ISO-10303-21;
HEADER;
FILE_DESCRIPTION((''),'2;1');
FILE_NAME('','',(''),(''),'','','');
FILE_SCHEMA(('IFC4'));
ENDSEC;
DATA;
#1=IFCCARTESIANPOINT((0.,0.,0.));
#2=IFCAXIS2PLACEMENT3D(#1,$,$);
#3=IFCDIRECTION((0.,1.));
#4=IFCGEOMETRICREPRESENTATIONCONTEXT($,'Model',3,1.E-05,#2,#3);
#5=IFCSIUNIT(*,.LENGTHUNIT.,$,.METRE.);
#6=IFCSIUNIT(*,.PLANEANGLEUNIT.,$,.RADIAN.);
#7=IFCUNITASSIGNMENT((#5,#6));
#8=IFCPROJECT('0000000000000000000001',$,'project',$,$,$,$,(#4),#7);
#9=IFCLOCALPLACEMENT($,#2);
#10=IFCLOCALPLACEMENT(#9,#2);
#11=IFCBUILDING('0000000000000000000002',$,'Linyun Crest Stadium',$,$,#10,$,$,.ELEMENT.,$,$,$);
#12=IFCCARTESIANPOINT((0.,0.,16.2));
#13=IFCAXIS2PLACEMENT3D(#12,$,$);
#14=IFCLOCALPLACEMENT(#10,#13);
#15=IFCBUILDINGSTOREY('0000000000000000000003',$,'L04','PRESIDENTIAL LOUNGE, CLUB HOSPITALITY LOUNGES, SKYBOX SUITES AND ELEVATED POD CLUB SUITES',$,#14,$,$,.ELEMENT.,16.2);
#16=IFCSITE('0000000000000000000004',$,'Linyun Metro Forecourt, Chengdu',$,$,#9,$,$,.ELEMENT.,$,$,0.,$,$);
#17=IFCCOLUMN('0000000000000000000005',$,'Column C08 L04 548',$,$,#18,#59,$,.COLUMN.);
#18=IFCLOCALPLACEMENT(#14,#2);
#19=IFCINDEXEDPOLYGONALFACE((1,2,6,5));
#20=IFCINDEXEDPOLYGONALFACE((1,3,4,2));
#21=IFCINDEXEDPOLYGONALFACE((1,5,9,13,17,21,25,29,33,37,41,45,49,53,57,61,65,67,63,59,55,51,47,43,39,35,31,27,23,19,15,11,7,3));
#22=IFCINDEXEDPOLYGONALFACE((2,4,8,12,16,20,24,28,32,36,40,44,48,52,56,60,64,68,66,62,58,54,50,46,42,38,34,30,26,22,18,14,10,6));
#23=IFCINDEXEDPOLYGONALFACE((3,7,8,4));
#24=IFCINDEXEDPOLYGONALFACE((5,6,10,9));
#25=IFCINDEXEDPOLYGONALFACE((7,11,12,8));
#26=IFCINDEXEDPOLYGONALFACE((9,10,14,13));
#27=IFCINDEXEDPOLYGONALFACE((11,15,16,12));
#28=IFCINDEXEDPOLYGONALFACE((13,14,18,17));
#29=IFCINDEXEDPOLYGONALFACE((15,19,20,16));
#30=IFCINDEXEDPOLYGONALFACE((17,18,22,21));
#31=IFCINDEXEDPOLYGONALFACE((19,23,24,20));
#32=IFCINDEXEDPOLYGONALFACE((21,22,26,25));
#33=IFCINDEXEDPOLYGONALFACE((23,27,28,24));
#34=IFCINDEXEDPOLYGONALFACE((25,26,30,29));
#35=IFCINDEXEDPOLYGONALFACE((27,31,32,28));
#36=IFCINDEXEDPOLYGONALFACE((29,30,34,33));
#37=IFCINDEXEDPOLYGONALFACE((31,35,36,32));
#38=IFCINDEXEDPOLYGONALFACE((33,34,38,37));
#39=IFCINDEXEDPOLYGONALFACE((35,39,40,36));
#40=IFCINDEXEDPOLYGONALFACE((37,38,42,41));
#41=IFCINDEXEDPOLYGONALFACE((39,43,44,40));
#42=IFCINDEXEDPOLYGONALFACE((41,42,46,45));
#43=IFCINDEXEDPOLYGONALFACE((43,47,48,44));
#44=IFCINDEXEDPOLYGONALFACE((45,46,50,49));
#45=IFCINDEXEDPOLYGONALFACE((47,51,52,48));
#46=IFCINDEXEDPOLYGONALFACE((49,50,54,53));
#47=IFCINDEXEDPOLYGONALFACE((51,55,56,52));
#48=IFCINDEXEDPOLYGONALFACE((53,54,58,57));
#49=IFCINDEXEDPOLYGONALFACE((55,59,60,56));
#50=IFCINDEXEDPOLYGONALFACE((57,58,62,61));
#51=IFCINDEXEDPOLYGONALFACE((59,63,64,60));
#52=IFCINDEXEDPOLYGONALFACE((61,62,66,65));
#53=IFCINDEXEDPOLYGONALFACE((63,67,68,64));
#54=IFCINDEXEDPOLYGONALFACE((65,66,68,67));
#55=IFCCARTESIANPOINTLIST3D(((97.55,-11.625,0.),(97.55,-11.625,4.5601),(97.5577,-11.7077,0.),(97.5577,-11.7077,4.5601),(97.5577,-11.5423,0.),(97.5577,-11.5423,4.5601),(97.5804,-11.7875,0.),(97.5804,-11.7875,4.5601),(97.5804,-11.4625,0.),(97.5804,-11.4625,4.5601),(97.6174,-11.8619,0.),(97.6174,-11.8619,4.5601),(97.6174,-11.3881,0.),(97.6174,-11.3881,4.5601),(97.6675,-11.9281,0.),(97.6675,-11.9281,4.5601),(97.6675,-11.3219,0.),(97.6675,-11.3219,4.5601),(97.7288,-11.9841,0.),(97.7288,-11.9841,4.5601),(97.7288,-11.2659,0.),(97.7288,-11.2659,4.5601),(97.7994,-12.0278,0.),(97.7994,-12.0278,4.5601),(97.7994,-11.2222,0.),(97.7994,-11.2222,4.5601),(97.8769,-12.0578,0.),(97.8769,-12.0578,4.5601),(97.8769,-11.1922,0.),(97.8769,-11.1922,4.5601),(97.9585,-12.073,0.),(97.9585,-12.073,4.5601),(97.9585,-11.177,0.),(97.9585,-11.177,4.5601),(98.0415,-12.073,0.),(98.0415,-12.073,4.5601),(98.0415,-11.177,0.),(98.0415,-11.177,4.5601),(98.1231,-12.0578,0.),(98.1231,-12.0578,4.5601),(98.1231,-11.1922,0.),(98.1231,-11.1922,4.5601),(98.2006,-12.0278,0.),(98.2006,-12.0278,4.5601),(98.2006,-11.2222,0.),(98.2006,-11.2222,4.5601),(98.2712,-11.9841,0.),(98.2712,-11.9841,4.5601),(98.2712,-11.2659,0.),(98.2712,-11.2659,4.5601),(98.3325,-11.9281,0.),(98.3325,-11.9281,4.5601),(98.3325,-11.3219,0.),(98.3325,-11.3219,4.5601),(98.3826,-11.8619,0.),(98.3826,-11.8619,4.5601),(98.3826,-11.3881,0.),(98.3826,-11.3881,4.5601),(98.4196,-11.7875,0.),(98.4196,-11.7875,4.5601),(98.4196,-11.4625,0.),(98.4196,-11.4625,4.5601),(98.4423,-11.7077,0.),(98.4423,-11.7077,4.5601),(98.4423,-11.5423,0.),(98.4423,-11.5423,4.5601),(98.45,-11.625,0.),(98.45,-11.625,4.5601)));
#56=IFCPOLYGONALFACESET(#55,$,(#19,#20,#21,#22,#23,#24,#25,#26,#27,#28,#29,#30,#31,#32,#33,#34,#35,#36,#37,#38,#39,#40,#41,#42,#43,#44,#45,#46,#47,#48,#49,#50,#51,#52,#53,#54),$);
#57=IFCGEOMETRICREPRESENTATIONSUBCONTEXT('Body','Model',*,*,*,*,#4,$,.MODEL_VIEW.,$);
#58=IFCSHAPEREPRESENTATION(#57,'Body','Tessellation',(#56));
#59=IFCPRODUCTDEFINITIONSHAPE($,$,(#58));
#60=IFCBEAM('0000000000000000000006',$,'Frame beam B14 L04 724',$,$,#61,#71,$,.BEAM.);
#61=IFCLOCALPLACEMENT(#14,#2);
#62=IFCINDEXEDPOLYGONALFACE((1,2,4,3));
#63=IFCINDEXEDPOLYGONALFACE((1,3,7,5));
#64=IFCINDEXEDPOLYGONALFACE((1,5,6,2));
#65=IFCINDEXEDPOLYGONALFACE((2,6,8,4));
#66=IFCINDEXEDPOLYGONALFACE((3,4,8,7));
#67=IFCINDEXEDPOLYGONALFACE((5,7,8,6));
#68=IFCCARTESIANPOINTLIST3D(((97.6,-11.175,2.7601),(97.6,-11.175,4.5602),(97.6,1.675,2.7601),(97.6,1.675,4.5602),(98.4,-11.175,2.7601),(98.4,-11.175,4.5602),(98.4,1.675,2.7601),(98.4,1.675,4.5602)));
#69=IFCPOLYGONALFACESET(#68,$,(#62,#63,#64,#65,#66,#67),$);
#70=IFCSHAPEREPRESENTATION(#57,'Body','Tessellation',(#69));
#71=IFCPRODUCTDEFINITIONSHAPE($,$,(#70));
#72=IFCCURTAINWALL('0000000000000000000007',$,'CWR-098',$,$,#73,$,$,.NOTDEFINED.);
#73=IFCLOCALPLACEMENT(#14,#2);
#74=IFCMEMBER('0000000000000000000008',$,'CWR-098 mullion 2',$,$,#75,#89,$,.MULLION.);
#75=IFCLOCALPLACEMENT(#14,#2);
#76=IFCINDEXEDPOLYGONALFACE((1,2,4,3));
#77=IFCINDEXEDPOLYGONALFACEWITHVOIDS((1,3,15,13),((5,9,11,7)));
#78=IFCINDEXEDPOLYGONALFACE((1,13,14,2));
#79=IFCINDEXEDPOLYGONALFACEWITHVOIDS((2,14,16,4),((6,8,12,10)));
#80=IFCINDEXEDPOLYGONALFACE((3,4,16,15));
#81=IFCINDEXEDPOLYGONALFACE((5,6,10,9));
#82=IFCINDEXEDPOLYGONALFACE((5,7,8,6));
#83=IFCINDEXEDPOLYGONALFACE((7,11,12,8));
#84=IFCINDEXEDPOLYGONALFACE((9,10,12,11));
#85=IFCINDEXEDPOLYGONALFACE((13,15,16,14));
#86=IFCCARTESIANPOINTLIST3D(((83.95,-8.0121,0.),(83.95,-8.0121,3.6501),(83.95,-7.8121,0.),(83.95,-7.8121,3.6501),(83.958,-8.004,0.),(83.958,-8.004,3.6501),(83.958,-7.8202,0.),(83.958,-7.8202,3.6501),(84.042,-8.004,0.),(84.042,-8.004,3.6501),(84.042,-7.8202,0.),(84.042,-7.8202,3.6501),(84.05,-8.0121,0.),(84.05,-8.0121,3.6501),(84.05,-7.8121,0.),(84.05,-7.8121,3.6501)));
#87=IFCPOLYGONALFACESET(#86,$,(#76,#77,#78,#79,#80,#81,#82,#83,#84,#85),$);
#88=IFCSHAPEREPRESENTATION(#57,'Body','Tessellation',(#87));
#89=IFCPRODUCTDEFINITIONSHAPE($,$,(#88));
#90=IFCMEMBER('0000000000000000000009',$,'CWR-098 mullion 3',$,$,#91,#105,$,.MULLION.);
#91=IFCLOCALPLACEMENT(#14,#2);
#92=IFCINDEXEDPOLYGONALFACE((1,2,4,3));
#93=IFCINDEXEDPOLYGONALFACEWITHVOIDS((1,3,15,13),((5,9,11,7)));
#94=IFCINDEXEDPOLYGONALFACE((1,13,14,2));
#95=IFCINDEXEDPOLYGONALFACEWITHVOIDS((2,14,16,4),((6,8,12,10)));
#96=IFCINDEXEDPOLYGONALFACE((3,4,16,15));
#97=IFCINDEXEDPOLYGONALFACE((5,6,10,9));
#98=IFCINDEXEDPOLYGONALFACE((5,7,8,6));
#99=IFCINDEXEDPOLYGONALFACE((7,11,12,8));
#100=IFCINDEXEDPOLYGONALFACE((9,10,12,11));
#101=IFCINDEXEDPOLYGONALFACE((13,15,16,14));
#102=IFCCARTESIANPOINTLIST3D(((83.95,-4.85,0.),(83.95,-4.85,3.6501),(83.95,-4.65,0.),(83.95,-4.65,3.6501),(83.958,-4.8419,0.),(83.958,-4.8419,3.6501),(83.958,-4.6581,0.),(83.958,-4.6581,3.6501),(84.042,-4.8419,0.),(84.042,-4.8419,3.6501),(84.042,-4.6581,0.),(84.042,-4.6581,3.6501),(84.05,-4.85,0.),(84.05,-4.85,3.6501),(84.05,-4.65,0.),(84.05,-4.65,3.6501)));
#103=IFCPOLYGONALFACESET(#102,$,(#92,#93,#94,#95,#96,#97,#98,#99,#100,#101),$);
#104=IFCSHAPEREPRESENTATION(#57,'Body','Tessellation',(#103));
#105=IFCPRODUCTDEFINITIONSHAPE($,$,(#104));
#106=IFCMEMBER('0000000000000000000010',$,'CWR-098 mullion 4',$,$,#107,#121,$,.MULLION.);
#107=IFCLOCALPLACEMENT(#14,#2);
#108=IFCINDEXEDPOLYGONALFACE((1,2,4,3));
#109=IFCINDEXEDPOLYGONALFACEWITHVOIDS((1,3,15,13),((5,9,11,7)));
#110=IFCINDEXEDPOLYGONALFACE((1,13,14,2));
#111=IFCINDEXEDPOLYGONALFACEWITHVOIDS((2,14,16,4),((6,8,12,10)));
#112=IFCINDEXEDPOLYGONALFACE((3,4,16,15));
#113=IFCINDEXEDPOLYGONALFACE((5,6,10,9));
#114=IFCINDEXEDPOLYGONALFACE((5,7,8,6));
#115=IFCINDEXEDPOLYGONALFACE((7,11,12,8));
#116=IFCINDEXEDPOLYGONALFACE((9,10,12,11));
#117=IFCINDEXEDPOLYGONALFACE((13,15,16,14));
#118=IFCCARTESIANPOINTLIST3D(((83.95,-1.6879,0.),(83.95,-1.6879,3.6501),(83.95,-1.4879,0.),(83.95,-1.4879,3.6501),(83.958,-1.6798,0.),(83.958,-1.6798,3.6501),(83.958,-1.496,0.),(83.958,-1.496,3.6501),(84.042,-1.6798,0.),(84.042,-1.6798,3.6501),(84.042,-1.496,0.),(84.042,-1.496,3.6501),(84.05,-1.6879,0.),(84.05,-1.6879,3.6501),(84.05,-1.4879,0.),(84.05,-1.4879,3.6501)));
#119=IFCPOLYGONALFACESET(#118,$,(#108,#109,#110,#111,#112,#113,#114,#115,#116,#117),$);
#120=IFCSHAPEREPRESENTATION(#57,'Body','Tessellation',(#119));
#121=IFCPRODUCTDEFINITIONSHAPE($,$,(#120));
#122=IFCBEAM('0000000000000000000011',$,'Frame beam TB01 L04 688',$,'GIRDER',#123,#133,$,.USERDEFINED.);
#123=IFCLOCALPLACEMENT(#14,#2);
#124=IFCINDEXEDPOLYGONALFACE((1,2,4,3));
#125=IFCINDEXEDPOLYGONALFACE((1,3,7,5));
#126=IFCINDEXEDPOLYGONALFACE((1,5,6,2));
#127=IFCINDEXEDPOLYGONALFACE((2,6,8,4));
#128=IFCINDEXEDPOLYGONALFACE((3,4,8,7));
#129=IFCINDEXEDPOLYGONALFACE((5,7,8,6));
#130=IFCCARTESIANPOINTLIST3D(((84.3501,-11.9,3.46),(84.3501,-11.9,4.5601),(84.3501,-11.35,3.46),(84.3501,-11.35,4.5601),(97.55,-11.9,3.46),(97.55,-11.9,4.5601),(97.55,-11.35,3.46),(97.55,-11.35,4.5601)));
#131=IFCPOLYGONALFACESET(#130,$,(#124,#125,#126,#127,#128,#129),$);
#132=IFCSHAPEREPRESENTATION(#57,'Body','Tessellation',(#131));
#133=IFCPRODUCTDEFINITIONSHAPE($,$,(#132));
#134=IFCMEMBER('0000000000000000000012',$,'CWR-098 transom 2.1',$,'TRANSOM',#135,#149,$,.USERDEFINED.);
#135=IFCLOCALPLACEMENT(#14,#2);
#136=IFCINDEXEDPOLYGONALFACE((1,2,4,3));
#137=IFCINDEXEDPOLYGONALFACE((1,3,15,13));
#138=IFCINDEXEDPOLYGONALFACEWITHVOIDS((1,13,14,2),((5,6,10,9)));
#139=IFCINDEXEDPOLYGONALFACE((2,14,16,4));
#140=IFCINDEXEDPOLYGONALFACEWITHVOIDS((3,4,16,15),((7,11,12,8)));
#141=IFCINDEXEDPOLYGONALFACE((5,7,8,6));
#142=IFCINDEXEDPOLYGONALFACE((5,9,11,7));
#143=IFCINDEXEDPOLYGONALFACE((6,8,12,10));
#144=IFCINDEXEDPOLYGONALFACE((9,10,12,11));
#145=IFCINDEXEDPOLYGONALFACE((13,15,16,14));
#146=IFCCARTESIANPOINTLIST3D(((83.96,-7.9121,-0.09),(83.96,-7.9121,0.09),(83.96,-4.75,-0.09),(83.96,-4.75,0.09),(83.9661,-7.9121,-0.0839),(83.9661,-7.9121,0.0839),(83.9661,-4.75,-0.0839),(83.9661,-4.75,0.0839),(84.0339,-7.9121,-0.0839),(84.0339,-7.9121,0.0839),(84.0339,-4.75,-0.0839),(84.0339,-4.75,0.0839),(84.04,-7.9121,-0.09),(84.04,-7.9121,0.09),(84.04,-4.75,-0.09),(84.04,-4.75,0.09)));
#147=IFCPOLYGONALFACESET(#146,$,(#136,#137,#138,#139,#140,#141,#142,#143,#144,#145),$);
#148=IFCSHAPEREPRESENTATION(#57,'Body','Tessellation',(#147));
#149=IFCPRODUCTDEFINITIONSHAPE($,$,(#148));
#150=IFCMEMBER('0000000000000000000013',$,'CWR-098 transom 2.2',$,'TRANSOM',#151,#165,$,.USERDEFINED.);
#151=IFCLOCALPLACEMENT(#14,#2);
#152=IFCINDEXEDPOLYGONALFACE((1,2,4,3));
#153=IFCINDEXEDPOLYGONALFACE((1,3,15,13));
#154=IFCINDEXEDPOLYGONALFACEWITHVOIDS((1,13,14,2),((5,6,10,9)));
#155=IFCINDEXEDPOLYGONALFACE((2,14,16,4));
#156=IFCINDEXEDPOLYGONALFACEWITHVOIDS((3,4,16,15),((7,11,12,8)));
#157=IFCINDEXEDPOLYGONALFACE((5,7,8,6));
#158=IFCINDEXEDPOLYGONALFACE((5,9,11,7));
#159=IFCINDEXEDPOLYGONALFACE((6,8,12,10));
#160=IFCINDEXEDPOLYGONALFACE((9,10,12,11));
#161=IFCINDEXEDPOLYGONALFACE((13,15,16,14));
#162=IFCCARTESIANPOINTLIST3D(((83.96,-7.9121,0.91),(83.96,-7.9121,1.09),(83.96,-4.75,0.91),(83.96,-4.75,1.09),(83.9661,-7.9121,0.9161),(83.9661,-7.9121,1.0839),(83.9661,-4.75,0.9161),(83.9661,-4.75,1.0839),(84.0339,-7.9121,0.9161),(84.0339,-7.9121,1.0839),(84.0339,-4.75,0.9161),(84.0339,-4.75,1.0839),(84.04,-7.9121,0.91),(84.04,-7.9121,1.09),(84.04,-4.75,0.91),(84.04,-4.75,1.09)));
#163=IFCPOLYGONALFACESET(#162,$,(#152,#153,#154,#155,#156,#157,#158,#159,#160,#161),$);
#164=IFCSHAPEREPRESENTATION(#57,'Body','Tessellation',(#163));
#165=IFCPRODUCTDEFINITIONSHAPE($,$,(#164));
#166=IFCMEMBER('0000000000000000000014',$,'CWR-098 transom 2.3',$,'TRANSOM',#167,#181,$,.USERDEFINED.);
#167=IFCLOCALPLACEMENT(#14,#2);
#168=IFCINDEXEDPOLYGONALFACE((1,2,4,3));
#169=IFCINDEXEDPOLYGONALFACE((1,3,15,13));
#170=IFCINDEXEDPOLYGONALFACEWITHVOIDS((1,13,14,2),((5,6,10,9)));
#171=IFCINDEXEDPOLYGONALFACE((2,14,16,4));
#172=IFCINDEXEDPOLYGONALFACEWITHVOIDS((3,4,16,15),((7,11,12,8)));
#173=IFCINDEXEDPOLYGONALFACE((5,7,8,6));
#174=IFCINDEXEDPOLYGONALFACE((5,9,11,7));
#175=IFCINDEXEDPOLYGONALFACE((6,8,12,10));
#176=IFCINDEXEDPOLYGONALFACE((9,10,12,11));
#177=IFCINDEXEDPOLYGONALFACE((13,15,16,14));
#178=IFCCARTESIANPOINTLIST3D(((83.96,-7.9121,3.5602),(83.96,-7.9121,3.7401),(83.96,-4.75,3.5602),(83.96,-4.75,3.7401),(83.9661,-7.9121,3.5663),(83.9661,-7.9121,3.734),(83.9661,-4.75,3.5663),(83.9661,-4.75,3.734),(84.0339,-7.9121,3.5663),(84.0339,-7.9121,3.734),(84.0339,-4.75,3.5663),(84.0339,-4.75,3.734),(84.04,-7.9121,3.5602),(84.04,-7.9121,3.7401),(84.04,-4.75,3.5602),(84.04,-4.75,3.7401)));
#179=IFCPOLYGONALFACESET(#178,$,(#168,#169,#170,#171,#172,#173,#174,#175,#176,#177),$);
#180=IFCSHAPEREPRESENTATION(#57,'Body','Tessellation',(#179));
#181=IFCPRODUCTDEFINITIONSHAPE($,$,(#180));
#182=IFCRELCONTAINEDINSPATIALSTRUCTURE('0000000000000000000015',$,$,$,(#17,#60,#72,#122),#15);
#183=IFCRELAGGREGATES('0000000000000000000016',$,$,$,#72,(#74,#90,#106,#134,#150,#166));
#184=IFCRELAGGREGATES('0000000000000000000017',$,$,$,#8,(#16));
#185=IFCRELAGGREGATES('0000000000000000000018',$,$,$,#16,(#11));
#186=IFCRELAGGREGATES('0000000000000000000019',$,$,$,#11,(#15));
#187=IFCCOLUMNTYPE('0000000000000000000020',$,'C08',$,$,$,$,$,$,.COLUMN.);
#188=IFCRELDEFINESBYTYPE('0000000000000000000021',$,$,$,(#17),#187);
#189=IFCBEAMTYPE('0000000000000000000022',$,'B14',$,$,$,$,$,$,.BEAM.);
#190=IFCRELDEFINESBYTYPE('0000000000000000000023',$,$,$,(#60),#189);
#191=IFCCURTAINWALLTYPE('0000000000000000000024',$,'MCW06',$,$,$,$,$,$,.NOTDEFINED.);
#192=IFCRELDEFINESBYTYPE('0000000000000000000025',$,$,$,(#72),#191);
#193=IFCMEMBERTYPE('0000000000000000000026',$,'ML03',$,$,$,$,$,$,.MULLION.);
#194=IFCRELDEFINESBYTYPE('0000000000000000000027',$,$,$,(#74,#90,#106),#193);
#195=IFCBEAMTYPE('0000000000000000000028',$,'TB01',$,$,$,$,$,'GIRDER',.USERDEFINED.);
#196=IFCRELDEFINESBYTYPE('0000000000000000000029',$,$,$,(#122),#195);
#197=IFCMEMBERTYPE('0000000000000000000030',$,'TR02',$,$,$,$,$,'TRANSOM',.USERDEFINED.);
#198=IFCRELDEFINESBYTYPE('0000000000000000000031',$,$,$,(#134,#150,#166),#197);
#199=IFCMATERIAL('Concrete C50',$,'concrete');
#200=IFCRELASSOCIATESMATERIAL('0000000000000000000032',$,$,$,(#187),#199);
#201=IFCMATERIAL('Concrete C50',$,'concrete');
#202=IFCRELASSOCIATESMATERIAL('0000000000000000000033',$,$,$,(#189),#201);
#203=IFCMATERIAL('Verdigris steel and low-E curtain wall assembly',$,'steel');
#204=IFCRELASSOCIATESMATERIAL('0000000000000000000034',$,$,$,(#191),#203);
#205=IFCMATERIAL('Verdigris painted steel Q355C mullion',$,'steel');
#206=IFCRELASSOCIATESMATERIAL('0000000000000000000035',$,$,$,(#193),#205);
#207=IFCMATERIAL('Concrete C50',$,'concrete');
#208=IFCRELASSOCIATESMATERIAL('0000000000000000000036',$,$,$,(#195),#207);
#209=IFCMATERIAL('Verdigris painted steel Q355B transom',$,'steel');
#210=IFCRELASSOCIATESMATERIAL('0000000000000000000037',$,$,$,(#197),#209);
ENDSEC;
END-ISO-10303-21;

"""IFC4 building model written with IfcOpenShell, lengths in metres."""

from ifc_helpers import new_model, si_unit, direction, frame, origin, origin_2d, place, context, subcontext, project, spatial, rectangle, hollow_rectangle, circle, extrude, material, material_profile, profile_set, type_object, element, aggregate, save


model = new_model("IFC4")

# Units and contexts
model_context = context("Model", 3, precision=1e-05, world=origin(), true_north=direction((0.0, 1.0)))
body_context = subcontext(model_context, "Body", "Model", "MODEL_VIEW")
ifc_project = project(units=[si_unit("LENGTHUNIT", "METRE"), si_unit("PLANEANGLEUNIT", "RADIAN")], contexts=[model_context])

# Site, building, storey
site_placement = place(None, origin())
site = spatial("IfcSite", under=ifc_project, at=site_placement, Name="Linyun Metro Forecourt, Chengdu", CompositionType="ELEMENT", RefElevation=0.0)
building_placement = place(site_placement, origin())
building = spatial("IfcBuilding", under=site, at=building_placement, Name="Linyun Crest Stadium", CompositionType="ELEMENT")
storey_placement = place(building_placement, frame((0.0, 0.0, 16.2)))
storey = spatial("IfcBuildingStorey", under=building, at=storey_placement, Name="L04", Description="PRESIDENTIAL LOUNGE, CLUB HOSPITALITY LOUNGES, SKYBOX SUITES AND ELEVATED POD CLUB SUITES", CompositionType="ELEMENT", Elevation=16.2)

# Column
ifc_material_1 = material(Name="Concrete C50", Category="concrete")
ifc_material_profile_1 = material_profile(ifc_material_1, circle(Radius=0.45, at=origin_2d()), Name="RC D900")
ifc_profile_set_1 = profile_set([ifc_material_profile_1], Name="Concrete C50")
column_type = type_object("IfcColumnType", Name="C08", PredefinedType="COLUMN", material=ifc_profile_set_1)
column_placement = place(storey_placement, frame((98.0, -11.625, 0.0), z_axis=(0.0, 0.0, 1.0), x_axis=(1.0, 0.0, 0.0)))
element("IfcColumn", 1, at=column_placement, inside=storey, type_object=column_type, Name="Column C08 L04 548", PredefinedType="COLUMN", context=body_context, shape_type="SweptSolid", body=[
    extrude(circle(Radius=0.45, at=origin_2d()), origin(), (0.0, 0.0, 1.0), 4.5601),
])

# Beam
ifc_material_2 = material(Name="Concrete C50", Category="concrete")
ifc_material_profile_2 = material_profile(ifc_material_2, rectangle(XDim=0.8, YDim=1.8, at=origin_2d()), Name="RCB 1800x800")
ifc_profile_set_2 = profile_set([ifc_material_profile_2], Name="Concrete C50")
beam_type_1 = type_object("IfcBeamType", Name="B14", PredefinedType="BEAM", material=ifc_profile_set_2)
beam_1_placement = place(storey_placement, frame((98.0, -11.175, 3.6602), z_axis=(0.0, 1.0, 0.0), x_axis=(-1.0, 0.0, 0.0)))
element("IfcBeam", 2, at=beam_1_placement, inside=storey, type_object=beam_type_1, Name="Frame beam B14 L04 724", PredefinedType="BEAM", context=body_context, shape_type="SweptSolid", body=[
    extrude(rectangle(XDim=0.8, YDim=1.8, at=origin_2d()), origin(), (0.0, 0.0, 1.0), 12.8501),
])

# Curtain wall, members
ifc_material_3 = material(Name="Verdigris steel and low-E curtain wall assembly", Category="steel")
curtain_wall_type = type_object("IfcCurtainWallType", Name="MCW06", PredefinedType="NOTDEFINED", material=ifc_material_3)
curtain_wall_placement = place(storey_placement, origin())
curtain_wall = element("IfcCurtainWall", 3, at=curtain_wall_placement, inside=storey, type_object=curtain_wall_type, Name="CWR-098", PredefinedType="NOTDEFINED")
ifc_material_4 = material(Name="Verdigris painted steel Q355C mullion", Category="steel")
ifc_material_profile_3 = material_profile(ifc_material_4, hollow_rectangle(XDim=0.1001, YDim=0.2, WallThickness=0.0081, at=origin_2d()), Name="RHS 200x100x8")
ifc_profile_set_3 = profile_set([ifc_material_profile_3], Name="Verdigris painted steel Q355C mullion")
member_type_1 = type_object("IfcMemberType", Name="ML03", PredefinedType="MULLION", material=ifc_profile_set_3)
member_1_placement = place(storey_placement, frame((84.0, -7.9121, 0.0), z_axis=(0.0, 0.0, 1.0), x_axis=(-1.0, 0.0, 0.0)))
member_1 = element("IfcMember", 4, at=member_1_placement, type_object=member_type_1, Name="CWR-098 mullion 2", PredefinedType="MULLION", context=body_context, shape_type="SweptSolid", body=[
    extrude(hollow_rectangle(XDim=0.1001, YDim=0.2, WallThickness=0.0081, at=origin_2d()), origin(), (0.0, 0.0, 1.0), 3.6501),
])
member_2_placement = place(storey_placement, frame((84.0, -4.75, 0.0), z_axis=(0.0, 0.0, 1.0), x_axis=(-1.0, 0.0, 0.0)))
member_2 = element("IfcMember", 5, at=member_2_placement, type_object=member_type_1, Name="CWR-098 mullion 3", PredefinedType="MULLION", context=body_context, shape_type="SweptSolid", body=[
    extrude(hollow_rectangle(XDim=0.1001, YDim=0.2, WallThickness=0.0081, at=origin_2d()), origin(), (0.0, 0.0, 1.0), 3.6501),
])
member_3_placement = place(storey_placement, frame((84.0, -1.5879, 0.0), z_axis=(0.0, 0.0, 1.0), x_axis=(-1.0, 0.0, 0.0)))
member_3 = element("IfcMember", 6, at=member_3_placement, type_object=member_type_1, Name="CWR-098 mullion 4", PredefinedType="MULLION", context=body_context, shape_type="SweptSolid", body=[
    extrude(hollow_rectangle(XDim=0.1001, YDim=0.2, WallThickness=0.0081, at=origin_2d()), origin(), (0.0, 0.0, 1.0), 3.6501),
])

# Beam
ifc_material_5 = material(Name="Concrete C50", Category="concrete")
ifc_material_profile_4 = material_profile(ifc_material_5, rectangle(XDim=0.55, YDim=1.1001, at=origin_2d()), Name="RCB 1100x550")
ifc_profile_set_4 = profile_set([ifc_material_profile_4], Name="Concrete C50")
beam_type_2 = type_object("IfcBeamType", Name="TB01", ElementType="GIRDER", PredefinedType="USERDEFINED", material=ifc_profile_set_4)
beam_2_placement = place(storey_placement, frame((84.3501, -11.625, 4.01), z_axis=(1.0, 0.0, 0.0), x_axis=(0.0, 1.0, 0.0)))
element("IfcBeam", 7, at=beam_2_placement, inside=storey, type_object=beam_type_2, Name="Frame beam TB01 L04 688", ObjectType="GIRDER", PredefinedType="USERDEFINED", context=body_context, shape_type="SweptSolid", body=[
    extrude(rectangle(XDim=0.55, YDim=1.1001, at=origin_2d()), origin(), (0.0, 0.0, 1.0), 13.2),
])

# Members
ifc_material_6 = material(Name="Verdigris painted steel Q355B transom", Category="steel")
ifc_material_profile_5 = material_profile(ifc_material_6, hollow_rectangle(XDim=0.0801, YDim=0.1799, WallThickness=0.0061, at=origin_2d()), Name="RHS 180x80x6")
ifc_profile_set_5 = profile_set([ifc_material_profile_5], Name="Verdigris painted steel Q355B transom")
member_type_2 = type_object("IfcMemberType", Name="TR02", ElementType="TRANSOM", PredefinedType="USERDEFINED", material=ifc_profile_set_5)
member_4_placement = place(storey_placement, frame((84.0, -7.9121, 0.0), z_axis=(0.0, 1.0, 0.0), x_axis=(-1.0, 0.0, 0.0)))
member_4 = element("IfcMember", 8, at=member_4_placement, type_object=member_type_2, Name="CWR-098 transom 2.1", ObjectType="TRANSOM", PredefinedType="USERDEFINED", context=body_context, shape_type="SweptSolid", body=[
    extrude(hollow_rectangle(XDim=0.0801, YDim=0.1799, WallThickness=0.0061, at=origin_2d()), origin(), (0.0, 0.0, 1.0), 3.1621),
])
member_5_placement = place(storey_placement, frame((84.0, -7.9121, 1.0), z_axis=(0.0, 1.0, 0.0), x_axis=(-1.0, 0.0, 0.0)))
member_5 = element("IfcMember", 9, at=member_5_placement, type_object=member_type_2, Name="CWR-098 transom 2.2", ObjectType="TRANSOM", PredefinedType="USERDEFINED", context=body_context, shape_type="SweptSolid", body=[
    extrude(hollow_rectangle(XDim=0.0801, YDim=0.1799, WallThickness=0.0061, at=origin_2d()), origin(), (0.0, 0.0, 1.0), 3.1621),
])
member_6_placement = place(storey_placement, frame((84.0, -7.9121, 3.6501), z_axis=(0.0, 1.0, 0.0), x_axis=(-1.0, 0.0, 0.0)))
member_6 = element("IfcMember", 10, at=member_6_placement, type_object=member_type_2, Name="CWR-098 transom 2.3", ObjectType="TRANSOM", PredefinedType="USERDEFINED", context=body_context, shape_type="SweptSolid", body=[
    extrude(hollow_rectangle(XDim=0.0801, YDim=0.1799, WallThickness=0.0061, at=origin_2d()), origin(), (0.0, 0.0, 1.0), 3.1621),
])

aggregate(curtain_wall, [member_1, member_2, member_3, member_4, member_5, member_6])

save(model, "model.ifc")
